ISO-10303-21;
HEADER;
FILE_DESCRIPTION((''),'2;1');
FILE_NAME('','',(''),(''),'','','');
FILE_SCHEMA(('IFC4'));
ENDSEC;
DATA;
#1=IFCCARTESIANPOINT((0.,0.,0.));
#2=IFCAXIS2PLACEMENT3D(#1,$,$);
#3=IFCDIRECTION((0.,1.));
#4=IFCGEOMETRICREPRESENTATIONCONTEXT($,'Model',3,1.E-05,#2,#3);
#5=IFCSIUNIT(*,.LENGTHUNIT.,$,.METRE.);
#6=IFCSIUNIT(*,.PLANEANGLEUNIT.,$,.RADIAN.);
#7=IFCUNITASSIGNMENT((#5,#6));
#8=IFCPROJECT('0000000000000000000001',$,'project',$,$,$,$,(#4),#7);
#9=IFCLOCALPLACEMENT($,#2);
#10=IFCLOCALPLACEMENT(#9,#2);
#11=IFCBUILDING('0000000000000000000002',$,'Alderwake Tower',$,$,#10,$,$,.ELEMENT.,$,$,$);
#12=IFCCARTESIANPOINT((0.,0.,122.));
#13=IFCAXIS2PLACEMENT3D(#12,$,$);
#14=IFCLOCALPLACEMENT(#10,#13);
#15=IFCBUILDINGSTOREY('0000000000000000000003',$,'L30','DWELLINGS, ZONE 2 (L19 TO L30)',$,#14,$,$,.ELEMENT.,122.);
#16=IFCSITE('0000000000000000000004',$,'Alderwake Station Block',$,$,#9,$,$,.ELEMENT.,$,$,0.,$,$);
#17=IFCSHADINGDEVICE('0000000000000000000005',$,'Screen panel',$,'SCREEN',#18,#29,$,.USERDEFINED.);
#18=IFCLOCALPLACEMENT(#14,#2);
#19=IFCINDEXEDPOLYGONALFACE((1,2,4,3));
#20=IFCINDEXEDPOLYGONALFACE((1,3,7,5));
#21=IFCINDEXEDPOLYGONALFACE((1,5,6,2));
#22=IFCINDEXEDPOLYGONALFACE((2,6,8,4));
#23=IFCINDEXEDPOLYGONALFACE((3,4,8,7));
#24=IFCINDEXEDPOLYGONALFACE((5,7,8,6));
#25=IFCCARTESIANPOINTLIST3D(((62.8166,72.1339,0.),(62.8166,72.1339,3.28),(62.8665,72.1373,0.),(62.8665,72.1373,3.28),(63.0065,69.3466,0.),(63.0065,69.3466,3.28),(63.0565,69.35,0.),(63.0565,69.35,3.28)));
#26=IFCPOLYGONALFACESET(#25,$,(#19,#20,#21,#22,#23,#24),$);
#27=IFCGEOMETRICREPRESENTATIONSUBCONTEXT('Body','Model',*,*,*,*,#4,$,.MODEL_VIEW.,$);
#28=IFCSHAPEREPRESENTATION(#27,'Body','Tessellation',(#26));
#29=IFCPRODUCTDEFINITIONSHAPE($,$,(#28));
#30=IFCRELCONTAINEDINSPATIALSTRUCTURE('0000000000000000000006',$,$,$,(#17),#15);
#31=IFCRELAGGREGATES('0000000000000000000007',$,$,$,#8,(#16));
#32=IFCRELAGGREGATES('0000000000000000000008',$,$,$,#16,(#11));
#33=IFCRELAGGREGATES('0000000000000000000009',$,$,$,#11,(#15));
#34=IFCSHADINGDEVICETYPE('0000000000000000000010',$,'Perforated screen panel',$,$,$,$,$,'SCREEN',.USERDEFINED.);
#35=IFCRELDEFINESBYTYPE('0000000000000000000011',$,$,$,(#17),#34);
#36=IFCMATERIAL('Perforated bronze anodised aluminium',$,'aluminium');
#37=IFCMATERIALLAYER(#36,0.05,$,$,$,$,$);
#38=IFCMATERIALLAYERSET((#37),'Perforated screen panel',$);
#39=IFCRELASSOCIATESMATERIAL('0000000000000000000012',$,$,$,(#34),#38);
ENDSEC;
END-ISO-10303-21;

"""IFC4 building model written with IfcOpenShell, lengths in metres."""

from ifc_helpers import new_model, si_unit, direction, frame, origin, origin_2d, place, context, subcontext, project, spatial, rectangle, extrude, material, layer, layer_set, type_object, element, save


model = new_model("IFC4")

# Units and contexts
model_context = context("Model", 3, precision=1e-05, world=origin(), true_north=direction((0.0, 1.0)))
body_context = subcontext(model_context, "Body", "Model", "MODEL_VIEW")
ifc_project = project(units=[si_unit("LENGTHUNIT", "METRE"), si_unit("PLANEANGLEUNIT", "RADIAN")], contexts=[model_context])

# Site, building, storey
site_placement = place(None, origin())
site = spatial("IfcSite", under=ifc_project, at=site_placement, Name="Alderwake Station Block", CompositionType="ELEMENT", RefElevation=0.0)
building_placement = place(site_placement, origin())
building = spatial("IfcBuilding", under=site, at=building_placement, Name="Alderwake Tower", CompositionType="ELEMENT")
storey_placement = place(building_placement, frame((0.0, 0.0, 122.0)))
storey = spatial("IfcBuildingStorey", under=building, at=storey_placement, Name="L30", Description="DWELLINGS, ZONE 2 (L19 TO L30)", CompositionType="ELEMENT", Elevation=122.0)

# Shading device
ifc_material_1 = material(Name="Perforated bronze anodised aluminium", Category="aluminium")
ifc_layer_1 = layer(ifc_material_1, 0.05)
ifc_layer_set_1 = layer_set([ifc_layer_1], Name="Perforated screen panel")
shading_device_type_1 = type_object("IfcShadingDeviceType", Name="Perforated screen panel", ElementType="SCREEN", PredefinedType="USERDEFINED", material=ifc_layer_set_1)
shading_device_placement = place(storey_placement, frame((62.9365, 70.7419, 0.0), z_axis=(0.0, 0.0, 1.0), x_axis=(0.997685, 0.067998, 0.0)))
element("IfcShadingDevice", 1, at=shading_device_placement, inside=storey, type_object=shading_device_type_1, Name="Screen panel", ObjectType="SCREEN", PredefinedType="USERDEFINED", context=body_context, shape_type="SweptSolid", body=[
    extrude(rectangle(XDim=0.05, YDim=2.7937, at=origin_2d()), origin(), (0.0, 0.0, 1.0), 3.28),
])

save(model, "model.ifc")
